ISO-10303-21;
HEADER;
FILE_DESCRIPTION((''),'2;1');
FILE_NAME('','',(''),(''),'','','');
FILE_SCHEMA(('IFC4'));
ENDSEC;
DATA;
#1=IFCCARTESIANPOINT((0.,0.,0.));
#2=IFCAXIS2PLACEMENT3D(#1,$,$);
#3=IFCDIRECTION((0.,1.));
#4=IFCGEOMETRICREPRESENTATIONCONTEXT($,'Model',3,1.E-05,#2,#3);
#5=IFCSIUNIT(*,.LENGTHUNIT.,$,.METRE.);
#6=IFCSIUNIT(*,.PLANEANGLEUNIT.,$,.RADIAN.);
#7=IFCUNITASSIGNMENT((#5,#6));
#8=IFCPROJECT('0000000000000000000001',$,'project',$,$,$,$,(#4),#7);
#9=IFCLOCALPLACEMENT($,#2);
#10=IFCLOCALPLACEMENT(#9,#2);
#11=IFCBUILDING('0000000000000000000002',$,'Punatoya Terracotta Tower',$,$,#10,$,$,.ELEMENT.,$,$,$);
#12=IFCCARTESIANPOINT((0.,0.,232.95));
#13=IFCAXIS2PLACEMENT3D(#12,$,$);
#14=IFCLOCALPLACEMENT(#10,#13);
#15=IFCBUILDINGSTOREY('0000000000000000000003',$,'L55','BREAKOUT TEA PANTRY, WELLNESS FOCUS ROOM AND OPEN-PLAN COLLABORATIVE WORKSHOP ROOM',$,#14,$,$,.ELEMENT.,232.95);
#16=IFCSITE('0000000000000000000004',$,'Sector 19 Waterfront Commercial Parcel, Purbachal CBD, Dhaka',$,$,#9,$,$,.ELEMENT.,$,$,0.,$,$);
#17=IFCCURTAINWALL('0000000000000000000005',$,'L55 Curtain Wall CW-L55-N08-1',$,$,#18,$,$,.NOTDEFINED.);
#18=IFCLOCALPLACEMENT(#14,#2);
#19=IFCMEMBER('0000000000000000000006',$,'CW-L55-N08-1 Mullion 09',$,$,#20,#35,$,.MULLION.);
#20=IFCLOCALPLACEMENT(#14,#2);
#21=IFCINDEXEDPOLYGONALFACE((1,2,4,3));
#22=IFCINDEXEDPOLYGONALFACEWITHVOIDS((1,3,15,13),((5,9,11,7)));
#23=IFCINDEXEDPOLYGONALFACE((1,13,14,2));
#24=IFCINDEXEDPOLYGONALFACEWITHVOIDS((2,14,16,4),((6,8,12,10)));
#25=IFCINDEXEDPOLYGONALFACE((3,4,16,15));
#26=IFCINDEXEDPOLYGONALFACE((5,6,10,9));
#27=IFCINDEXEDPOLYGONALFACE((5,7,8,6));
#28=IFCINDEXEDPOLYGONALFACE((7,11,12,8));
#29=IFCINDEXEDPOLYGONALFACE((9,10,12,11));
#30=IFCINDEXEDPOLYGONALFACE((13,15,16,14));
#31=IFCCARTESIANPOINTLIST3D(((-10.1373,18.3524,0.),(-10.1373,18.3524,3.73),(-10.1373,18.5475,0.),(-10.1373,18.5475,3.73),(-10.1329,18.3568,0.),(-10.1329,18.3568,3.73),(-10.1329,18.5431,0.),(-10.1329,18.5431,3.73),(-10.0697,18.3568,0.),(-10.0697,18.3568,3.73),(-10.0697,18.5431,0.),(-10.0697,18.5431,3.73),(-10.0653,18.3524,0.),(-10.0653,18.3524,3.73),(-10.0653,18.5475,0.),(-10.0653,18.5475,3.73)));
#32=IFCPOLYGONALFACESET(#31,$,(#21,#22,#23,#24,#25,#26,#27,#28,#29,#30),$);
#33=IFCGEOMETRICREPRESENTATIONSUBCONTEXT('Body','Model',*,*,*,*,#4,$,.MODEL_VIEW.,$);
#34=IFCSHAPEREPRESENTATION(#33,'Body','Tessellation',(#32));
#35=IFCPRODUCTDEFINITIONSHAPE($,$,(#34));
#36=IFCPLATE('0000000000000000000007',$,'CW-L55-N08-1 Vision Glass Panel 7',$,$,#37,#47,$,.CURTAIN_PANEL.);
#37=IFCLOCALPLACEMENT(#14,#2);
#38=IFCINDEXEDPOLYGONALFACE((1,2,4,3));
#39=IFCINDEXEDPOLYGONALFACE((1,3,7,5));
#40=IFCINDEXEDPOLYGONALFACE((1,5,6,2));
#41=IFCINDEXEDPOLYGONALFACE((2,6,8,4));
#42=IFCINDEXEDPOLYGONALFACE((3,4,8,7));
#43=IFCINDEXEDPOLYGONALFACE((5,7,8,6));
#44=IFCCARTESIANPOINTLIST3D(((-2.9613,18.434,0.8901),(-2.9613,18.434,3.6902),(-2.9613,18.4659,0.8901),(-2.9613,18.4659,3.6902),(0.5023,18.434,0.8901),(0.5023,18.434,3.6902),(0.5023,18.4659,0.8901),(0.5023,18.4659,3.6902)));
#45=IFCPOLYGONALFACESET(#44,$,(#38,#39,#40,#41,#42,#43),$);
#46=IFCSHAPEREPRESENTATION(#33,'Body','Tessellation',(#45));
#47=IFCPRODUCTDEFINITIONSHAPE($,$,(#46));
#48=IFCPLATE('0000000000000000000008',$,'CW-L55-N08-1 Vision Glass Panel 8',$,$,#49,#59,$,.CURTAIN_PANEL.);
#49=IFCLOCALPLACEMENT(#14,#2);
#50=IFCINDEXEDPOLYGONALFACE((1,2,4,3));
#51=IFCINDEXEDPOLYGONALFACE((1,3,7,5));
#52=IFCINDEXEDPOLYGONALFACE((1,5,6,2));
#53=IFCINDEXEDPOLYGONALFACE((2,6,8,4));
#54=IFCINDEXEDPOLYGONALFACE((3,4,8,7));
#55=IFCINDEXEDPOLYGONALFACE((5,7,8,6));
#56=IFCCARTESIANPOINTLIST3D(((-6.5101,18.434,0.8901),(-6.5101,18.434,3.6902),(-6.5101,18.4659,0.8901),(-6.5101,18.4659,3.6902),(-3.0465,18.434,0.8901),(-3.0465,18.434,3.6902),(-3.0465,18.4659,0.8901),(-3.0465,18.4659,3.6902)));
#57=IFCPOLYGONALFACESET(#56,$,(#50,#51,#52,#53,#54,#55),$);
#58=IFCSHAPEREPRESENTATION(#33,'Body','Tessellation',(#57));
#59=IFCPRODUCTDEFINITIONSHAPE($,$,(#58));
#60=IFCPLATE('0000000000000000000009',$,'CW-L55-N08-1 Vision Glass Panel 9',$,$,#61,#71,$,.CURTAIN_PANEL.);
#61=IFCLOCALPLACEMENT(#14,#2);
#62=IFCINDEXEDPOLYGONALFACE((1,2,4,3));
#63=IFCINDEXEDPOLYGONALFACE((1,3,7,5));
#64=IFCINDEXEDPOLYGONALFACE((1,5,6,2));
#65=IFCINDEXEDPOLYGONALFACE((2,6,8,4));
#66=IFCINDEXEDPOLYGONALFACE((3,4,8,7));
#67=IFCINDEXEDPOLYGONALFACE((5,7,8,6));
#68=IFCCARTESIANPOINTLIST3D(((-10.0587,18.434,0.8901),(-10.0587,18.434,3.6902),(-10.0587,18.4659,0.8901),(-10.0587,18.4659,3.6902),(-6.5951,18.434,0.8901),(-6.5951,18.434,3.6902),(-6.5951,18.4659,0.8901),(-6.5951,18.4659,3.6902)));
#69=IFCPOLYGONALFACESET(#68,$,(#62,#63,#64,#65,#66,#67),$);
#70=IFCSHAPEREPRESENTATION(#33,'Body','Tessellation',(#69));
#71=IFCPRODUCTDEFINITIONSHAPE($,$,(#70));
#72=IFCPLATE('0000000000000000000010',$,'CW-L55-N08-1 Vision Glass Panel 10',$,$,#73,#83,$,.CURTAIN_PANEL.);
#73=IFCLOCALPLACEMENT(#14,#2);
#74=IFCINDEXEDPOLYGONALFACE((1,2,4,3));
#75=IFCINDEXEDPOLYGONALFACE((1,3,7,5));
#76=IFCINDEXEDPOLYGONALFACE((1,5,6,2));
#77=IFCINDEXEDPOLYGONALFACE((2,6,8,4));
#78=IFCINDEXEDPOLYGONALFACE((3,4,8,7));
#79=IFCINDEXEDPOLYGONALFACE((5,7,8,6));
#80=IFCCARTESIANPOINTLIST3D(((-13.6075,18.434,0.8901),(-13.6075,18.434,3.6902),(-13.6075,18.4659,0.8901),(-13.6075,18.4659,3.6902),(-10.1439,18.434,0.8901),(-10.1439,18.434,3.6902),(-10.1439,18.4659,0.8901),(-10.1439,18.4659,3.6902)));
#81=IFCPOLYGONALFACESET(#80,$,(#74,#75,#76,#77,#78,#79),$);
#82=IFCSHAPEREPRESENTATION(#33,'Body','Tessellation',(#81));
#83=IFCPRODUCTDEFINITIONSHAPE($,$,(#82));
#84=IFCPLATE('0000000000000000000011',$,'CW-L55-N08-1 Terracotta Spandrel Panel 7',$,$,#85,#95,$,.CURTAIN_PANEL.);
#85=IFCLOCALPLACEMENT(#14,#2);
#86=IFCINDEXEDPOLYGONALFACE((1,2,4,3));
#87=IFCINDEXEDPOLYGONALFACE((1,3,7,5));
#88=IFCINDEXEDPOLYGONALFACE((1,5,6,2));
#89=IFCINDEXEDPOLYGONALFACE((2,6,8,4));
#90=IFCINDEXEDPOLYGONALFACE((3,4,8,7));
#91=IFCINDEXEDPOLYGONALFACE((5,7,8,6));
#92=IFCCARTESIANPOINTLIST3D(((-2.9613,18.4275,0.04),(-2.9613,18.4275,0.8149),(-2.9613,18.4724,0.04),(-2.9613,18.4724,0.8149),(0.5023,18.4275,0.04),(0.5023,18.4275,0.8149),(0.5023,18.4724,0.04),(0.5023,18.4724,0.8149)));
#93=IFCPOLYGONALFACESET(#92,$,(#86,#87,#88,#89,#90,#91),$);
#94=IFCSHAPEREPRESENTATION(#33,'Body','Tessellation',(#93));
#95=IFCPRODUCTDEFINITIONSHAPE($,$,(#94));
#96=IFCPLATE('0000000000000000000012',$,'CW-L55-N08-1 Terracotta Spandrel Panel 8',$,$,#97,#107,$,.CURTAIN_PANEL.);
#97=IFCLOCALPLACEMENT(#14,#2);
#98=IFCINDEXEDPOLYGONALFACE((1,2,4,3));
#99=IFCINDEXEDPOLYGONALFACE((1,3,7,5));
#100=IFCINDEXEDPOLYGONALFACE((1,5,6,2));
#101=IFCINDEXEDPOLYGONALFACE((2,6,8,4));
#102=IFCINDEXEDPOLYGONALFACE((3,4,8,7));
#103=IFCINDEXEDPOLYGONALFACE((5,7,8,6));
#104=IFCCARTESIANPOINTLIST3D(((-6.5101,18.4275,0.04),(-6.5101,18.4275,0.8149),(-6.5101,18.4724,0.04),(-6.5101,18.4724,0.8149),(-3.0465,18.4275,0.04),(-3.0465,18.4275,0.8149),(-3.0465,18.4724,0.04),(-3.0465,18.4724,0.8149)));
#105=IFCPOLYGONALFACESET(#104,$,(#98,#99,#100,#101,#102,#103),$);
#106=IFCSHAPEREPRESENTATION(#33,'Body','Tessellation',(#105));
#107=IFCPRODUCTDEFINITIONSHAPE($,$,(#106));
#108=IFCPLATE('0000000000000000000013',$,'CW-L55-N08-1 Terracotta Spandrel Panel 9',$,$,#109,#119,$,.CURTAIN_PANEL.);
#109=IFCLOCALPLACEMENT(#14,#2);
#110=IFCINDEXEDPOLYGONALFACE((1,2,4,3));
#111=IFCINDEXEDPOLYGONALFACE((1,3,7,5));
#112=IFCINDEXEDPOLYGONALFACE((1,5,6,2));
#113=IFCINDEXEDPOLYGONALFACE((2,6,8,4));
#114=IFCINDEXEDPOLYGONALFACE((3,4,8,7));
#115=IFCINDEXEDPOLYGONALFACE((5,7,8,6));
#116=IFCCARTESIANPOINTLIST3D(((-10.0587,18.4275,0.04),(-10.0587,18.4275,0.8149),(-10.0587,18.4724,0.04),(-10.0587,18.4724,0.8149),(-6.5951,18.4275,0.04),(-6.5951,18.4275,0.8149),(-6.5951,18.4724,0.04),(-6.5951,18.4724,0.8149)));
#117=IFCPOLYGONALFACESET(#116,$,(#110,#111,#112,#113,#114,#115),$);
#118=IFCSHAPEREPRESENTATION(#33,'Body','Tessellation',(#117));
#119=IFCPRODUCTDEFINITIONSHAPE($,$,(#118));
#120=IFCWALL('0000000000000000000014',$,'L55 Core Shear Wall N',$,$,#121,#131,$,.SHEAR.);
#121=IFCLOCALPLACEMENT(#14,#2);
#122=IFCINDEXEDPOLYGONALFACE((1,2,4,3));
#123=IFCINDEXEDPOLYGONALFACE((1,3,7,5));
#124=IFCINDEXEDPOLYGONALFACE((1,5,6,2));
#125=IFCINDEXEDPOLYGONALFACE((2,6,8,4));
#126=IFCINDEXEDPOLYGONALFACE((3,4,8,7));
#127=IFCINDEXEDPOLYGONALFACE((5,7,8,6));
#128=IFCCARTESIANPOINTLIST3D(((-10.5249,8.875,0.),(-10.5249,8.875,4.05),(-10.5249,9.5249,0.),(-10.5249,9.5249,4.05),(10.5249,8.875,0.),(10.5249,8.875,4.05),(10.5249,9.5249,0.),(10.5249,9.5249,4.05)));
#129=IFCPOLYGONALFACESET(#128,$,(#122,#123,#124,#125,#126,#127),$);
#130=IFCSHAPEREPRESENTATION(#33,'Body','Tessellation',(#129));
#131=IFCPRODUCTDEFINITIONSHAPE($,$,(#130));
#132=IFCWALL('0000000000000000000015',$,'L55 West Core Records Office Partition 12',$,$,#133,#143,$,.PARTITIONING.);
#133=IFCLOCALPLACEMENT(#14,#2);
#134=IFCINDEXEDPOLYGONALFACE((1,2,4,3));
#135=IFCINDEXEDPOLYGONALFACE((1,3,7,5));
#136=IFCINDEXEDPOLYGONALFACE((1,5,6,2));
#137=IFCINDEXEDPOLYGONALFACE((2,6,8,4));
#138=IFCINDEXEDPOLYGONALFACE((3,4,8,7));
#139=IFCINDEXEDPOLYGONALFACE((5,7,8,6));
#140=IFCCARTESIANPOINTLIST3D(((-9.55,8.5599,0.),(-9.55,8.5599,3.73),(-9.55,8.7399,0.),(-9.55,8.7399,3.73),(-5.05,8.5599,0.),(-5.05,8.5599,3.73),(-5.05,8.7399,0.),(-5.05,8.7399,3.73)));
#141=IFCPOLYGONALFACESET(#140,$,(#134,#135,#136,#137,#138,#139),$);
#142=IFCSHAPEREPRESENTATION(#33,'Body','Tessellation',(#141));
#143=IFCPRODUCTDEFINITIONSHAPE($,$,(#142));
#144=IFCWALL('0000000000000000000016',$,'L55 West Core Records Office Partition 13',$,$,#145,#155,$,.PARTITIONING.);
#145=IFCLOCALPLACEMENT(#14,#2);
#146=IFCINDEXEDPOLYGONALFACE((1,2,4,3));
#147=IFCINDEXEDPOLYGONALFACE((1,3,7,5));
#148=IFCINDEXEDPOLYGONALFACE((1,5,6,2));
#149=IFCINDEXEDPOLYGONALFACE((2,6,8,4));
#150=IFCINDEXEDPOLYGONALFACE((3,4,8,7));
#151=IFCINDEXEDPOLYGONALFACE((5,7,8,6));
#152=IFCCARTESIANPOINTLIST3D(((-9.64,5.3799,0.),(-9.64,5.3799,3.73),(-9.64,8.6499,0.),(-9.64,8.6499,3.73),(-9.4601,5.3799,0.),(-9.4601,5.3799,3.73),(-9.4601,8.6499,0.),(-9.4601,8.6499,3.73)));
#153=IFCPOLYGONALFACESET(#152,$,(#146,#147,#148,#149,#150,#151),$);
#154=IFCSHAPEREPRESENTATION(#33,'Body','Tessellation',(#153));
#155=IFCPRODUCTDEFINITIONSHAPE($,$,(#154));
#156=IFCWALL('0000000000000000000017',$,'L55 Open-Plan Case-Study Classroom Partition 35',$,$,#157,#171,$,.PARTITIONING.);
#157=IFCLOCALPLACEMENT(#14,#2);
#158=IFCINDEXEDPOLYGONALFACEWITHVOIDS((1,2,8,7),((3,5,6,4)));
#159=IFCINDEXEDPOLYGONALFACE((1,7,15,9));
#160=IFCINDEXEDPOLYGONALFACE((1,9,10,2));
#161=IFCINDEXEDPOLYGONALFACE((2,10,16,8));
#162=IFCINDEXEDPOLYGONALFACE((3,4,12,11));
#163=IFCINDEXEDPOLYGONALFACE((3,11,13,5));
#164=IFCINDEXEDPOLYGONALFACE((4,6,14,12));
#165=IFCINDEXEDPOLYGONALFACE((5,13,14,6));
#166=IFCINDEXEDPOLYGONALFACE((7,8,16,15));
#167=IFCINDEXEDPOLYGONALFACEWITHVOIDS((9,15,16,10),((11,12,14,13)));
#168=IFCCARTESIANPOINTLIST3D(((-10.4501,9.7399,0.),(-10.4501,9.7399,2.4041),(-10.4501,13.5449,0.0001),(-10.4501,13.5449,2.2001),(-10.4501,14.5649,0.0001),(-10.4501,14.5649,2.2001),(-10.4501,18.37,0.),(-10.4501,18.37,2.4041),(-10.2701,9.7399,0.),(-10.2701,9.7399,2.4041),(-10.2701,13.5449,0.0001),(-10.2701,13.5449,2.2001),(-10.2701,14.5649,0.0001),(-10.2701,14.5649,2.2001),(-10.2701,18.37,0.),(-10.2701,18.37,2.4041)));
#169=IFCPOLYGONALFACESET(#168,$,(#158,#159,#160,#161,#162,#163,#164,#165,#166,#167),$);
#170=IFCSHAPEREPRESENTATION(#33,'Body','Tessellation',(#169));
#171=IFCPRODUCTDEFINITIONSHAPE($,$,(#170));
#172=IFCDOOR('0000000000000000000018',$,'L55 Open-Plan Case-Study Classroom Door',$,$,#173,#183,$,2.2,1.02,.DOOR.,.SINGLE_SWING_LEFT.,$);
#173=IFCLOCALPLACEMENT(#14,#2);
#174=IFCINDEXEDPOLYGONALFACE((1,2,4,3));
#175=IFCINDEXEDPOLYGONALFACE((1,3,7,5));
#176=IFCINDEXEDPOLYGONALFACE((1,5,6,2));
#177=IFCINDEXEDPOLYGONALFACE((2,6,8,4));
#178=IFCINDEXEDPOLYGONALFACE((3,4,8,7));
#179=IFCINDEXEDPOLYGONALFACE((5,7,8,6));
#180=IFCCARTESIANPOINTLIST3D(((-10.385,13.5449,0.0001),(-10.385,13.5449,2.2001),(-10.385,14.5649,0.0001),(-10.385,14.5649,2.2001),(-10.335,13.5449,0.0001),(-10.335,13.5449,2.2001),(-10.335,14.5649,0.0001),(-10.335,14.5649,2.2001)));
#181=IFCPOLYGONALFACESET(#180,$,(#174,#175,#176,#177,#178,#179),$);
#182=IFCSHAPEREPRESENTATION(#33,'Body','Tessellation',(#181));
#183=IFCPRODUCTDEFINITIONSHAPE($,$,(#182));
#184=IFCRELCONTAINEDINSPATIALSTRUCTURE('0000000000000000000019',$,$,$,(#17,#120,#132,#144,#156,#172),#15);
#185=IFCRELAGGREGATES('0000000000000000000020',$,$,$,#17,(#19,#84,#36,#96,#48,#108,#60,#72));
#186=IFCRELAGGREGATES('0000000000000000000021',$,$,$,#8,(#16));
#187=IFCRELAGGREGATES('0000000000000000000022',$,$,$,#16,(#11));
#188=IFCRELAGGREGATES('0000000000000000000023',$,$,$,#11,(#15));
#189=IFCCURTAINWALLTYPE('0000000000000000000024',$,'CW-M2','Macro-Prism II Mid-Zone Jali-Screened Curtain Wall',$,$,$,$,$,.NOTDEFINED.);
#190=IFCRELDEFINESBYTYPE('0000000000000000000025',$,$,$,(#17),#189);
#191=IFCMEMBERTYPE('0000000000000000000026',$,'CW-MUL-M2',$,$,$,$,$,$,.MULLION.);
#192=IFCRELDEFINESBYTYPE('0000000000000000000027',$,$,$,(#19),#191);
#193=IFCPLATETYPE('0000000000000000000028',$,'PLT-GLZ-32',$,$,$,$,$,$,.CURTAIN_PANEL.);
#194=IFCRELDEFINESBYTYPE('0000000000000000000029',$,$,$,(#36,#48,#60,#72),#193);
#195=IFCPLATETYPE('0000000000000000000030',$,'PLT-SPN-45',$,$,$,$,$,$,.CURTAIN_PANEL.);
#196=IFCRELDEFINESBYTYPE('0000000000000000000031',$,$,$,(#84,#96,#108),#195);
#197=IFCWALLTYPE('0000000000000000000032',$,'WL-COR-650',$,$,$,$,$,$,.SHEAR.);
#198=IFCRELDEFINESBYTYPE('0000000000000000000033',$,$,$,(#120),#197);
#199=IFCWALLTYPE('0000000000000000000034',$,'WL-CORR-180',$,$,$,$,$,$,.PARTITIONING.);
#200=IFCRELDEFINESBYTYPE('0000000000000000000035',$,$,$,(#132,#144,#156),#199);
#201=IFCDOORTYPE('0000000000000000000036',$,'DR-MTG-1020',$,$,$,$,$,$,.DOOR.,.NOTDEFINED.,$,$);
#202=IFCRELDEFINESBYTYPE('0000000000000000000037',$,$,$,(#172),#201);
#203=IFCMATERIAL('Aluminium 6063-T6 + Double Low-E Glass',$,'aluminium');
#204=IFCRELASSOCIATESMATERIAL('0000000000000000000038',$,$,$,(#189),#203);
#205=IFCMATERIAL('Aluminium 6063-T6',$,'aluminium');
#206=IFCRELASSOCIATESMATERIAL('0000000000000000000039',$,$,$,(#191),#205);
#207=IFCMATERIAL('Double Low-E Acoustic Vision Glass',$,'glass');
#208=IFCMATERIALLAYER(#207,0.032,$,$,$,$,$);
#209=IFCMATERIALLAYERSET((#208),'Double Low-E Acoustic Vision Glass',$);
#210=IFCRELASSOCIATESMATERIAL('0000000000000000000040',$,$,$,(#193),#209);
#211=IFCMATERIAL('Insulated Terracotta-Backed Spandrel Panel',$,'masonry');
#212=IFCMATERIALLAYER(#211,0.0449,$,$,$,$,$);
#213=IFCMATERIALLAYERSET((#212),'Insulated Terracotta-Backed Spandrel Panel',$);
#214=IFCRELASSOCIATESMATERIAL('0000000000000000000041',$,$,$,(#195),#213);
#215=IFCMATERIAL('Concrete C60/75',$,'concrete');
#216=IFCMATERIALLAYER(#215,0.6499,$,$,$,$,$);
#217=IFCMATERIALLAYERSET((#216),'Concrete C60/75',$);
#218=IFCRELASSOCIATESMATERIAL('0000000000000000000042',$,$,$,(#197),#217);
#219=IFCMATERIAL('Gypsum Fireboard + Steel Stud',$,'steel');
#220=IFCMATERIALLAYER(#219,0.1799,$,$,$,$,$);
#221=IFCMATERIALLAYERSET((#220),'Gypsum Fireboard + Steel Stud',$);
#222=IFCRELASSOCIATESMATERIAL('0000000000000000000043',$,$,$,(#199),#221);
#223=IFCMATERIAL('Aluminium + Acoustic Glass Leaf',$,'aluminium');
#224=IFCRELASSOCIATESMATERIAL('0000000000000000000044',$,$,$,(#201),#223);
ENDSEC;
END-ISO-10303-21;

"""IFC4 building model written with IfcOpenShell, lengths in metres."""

from ifc_helpers import new_model, si_unit, direction, frame, frame_2d, origin, origin_2d, place, context, subcontext, project, spatial, rectangle, hollow_rectangle, extrude, material, layer, layer_set, material_profile, profile_set, type_object, element, fill, aggregate, save


model = new_model("IFC4")

# Units and contexts
model_context = context("Model", 3, precision=1e-05, world=origin(), true_north=direction((0.0, 1.0)))
body_context = subcontext(model_context, "Body", "Model", "MODEL_VIEW")
ifc_project = project(units=[si_unit("LENGTHUNIT", "METRE"), si_unit("PLANEANGLEUNIT", "RADIAN")], contexts=[model_context])

# Site, building, storey
site_placement = place(None, origin())
site = spatial("IfcSite", under=ifc_project, at=site_placement, Name="Sector 19 Waterfront Commercial Parcel, Purbachal CBD, Dhaka", CompositionType="ELEMENT", RefElevation=0.0)
building_placement = place(site_placement, origin())
building = spatial("IfcBuilding", under=site, at=building_placement, Name="Punatoya Terracotta Tower", CompositionType="ELEMENT")
storey_placement = place(building_placement, frame((0.0, 0.0, 232.95)))
storey = spatial("IfcBuildingStorey", under=building, at=storey_placement, Name="L55", Description="BREAKOUT TEA PANTRY, WELLNESS FOCUS ROOM AND OPEN-PLAN COLLABORATIVE WORKSHOP ROOM", CompositionType="ELEMENT", Elevation=232.95)

# Curtain wall, member, plates
ifc_material_1 = material(Name="Aluminium 6063-T6 + Double Low-E Glass", Category="aluminium")
curtain_wall_type = type_object("IfcCurtainWallType", Name="CW-M2", Description="Macro-Prism II Mid-Zone Jali-Screened Curtain Wall", PredefinedType="NOTDEFINED", material=ifc_material_1)
curtain_wall_placement = place(storey_placement, origin())
curtain_wall = element("IfcCurtainWall", 1, at=curtain_wall_placement, inside=storey, type_object=curtain_wall_type, Name="L55 Curtain Wall CW-L55-N08-1", PredefinedType="NOTDEFINED")
ifc_material_2 = material(Name="Aluminium 6063-T6", Category="aluminium")
ifc_material_profile_1 = material_profile(ifc_material_2, hollow_rectangle(XDim=0.072, YDim=0.1951, WallThickness=0.0044, at=origin_2d()))
ifc_profile_set_1 = profile_set([ifc_material_profile_1], Name="Aluminium 6063-T6")
member_type = type_object("IfcMemberType", Name="CW-MUL-M2", PredefinedType="MULLION", material=ifc_profile_set_1)
member_1_placement = place(storey_placement, frame((-10.1013, 18.45, 0.0), z_axis=(0.0, 0.0, 1.0), x_axis=(1.0, 0.0, 0.0)))
member_1 = element("IfcMember", 2, at=member_1_placement, type_object=member_type, Name="CW-L55-N08-1 Mullion 09", PredefinedType="MULLION", context=body_context, shape_type="SweptSolid", body=[
    extrude(hollow_rectangle(XDim=0.072, YDim=0.1951, WallThickness=0.0044, at=origin_2d()), origin(), (0.0, 0.0, 1.0), 3.73),
])
ifc_material_3 = material(Name="Double Low-E Acoustic Vision Glass", Category="glass")
ifc_layer_1 = layer(ifc_material_3, 0.032)
ifc_layer_set_1 = layer_set([ifc_layer_1], Name="Double Low-E Acoustic Vision Glass")
plate_type_1 = type_object("IfcPlateType", Name="PLT-GLZ-32", PredefinedType="CURTAIN_PANEL", material=ifc_layer_set_1)
plate_1_placement = place(storey_placement, frame((-1.2295, 18.45, 0.8901), z_axis=(0.0, 0.0, 1.0), x_axis=(-1.0, 0.0, 0.0)))
plate_1 = element("IfcPlate", 3, at=plate_1_placement, type_object=plate_type_1, Name="CW-L55-N08-1 Vision Glass Panel 7", PredefinedType="CURTAIN_PANEL", context=body_context, shape_type="SweptSolid", body=[
    extrude(rectangle(XDim=3.4636, YDim=0.032, at=origin_2d()), origin(), (0.0, 0.0, 1.0), 2.8),
])
plate_2_placement = place(storey_placement, frame((-4.7783, 18.45, 0.8901), z_axis=(0.0, 0.0, 1.0), x_axis=(-1.0, 0.0, 0.0)))
plate_2 = element("IfcPlate", 4, at=plate_2_placement, type_object=plate_type_1, Name="CW-L55-N08-1 Vision Glass Panel 8", PredefinedType="CURTAIN_PANEL", context=body_context, shape_type="SweptSolid", body=[
    extrude(rectangle(XDim=3.4636, YDim=0.032, at=origin_2d()), origin(), (0.0, 0.0, 1.0), 2.8),
])
plate_3_placement = place(storey_placement, frame((-8.3269, 18.45, 0.8901), z_axis=(0.0, 0.0, 1.0), x_axis=(-1.0, 0.0, 0.0)))
plate_3 = element("IfcPlate", 5, at=plate_3_placement, type_object=plate_type_1, Name="CW-L55-N08-1 Vision Glass Panel 9", PredefinedType="CURTAIN_PANEL", context=body_context, shape_type="SweptSolid", body=[
    extrude(rectangle(XDim=3.4636, YDim=0.032, at=origin_2d()), origin(), (0.0, 0.0, 1.0), 2.8),
])
plate_4_placement = place(storey_placement, frame((-11.8757, 18.45, 0.8901), z_axis=(0.0, 0.0, 1.0), x_axis=(-1.0, 0.0, 0.0)))
plate_4 = element("IfcPlate", 6, at=plate_4_placement, type_object=plate_type_1, Name="CW-L55-N08-1 Vision Glass Panel 10", PredefinedType="CURTAIN_PANEL", context=body_context, shape_type="SweptSolid", body=[
    extrude(rectangle(XDim=3.4636, YDim=0.032, at=origin_2d()), origin(), (0.0, 0.0, 1.0), 2.8),
])
ifc_material_4 = material(Name="Insulated Terracotta-Backed Spandrel Panel", Category="masonry")
ifc_layer_2 = layer(ifc_material_4, 0.0449)
ifc_layer_set_2 = layer_set([ifc_layer_2], Name="Insulated Terracotta-Backed Spandrel Panel")
plate_type_2 = type_object("IfcPlateType", Name="PLT-SPN-45", PredefinedType="CURTAIN_PANEL", material=ifc_layer_set_2)
plate_5_placement = place(storey_placement, frame((-1.2295, 18.45, 0.04), z_axis=(0.0, 0.0, 1.0), x_axis=(-1.0, 0.0, 0.0)))
plate_5 = element("IfcPlate", 7, at=plate_5_placement, type_object=plate_type_2, Name="CW-L55-N08-1 Terracotta Spandrel Panel 7", PredefinedType="CURTAIN_PANEL", context=body_context, shape_type="SweptSolid", body=[
    extrude(rectangle(XDim=3.4636, YDim=0.0449, at=origin_2d()), origin(), (0.0, 0.0, 1.0), 0.7749),
])
plate_6_placement = place(storey_placement, frame((-4.7783, 18.45, 0.04), z_axis=(0.0, 0.0, 1.0), x_axis=(-1.0, 0.0, 0.0)))
plate_6 = element("IfcPlate", 8, at=plate_6_placement, type_object=plate_type_2, Name="CW-L55-N08-1 Terracotta Spandrel Panel 8", PredefinedType="CURTAIN_PANEL", context=body_context, shape_type="SweptSolid", body=[
    extrude(rectangle(XDim=3.4636, YDim=0.0449, at=origin_2d()), origin(), (0.0, 0.0, 1.0), 0.7749),
])
plate_7_placement = place(storey_placement, frame((-8.3269, 18.45, 0.04), z_axis=(0.0, 0.0, 1.0), x_axis=(-1.0, 0.0, 0.0)))
plate_7 = element("IfcPlate", 9, at=plate_7_placement, type_object=plate_type_2, Name="CW-L55-N08-1 Terracotta Spandrel Panel 9", PredefinedType="CURTAIN_PANEL", context=body_context, shape_type="SweptSolid", body=[
    extrude(rectangle(XDim=3.4636, YDim=0.0449, at=origin_2d()), origin(), (0.0, 0.0, 1.0), 0.7749),
])
aggregate(curtain_wall, [member_1, plate_5, plate_1, plate_6, plate_2, plate_7, plate_3, plate_4])

# Walls
ifc_material_5 = material(Name="Concrete C60/75", Category="concrete")
ifc_layer_3 = layer(ifc_material_5, 0.6499)
ifc_layer_set_3 = layer_set([ifc_layer_3], Name="Concrete C60/75")
wall_type_1 = type_object("IfcWallType", Name="WL-COR-650", PredefinedType="SHEAR", material=ifc_layer_set_3)
wall_1_placement = place(storey_placement, frame((-10.5249, 9.2, 0.0), z_axis=(0.0, 0.0, 1.0), x_axis=(1.0, 0.0, 0.0)))
element("IfcWall", 10, at=wall_1_placement, inside=storey, type_object=wall_type_1, Name="L55 Core Shear Wall N", PredefinedType="SHEAR", context=body_context, shape_type="SweptSolid", body=[
    extrude(rectangle(XDim=21.0498, YDim=0.6499, at=frame_2d((10.5249, 0.0))), origin(), (0.0, 0.0, 1.0), 4.05),
])
ifc_material_6 = material(Name="Gypsum Fireboard + Steel Stud", Category="steel")
ifc_layer_4 = layer(ifc_material_6, 0.1799)
ifc_layer_set_4 = layer_set([ifc_layer_4], Name="Gypsum Fireboard + Steel Stud")
wall_type_2 = type_object("IfcWallType", Name="WL-CORR-180", PredefinedType="PARTITIONING", material=ifc_layer_set_4)
wall_2_placement = place(storey_placement, frame((-5.05, 8.6499, 0.0), z_axis=(0.0, 0.0, 1.0), x_axis=(-1.0, 0.0, 0.0)))
element("IfcWall", 11, at=wall_2_placement, inside=storey, type_object=wall_type_2, Name="L55 West Core Records Office Partition 12", PredefinedType="PARTITIONING", context=body_context, shape_type="SweptSolid", body=[
    extrude(rectangle(XDim=4.5, YDim=0.1799, at=frame_2d((2.25, 0.0))), origin(), (0.0, 0.0, 1.0), 3.73),
])
wall_3_placement = place(storey_placement, frame((-9.55, 8.6499, 0.0), z_axis=(0.0, 0.0, 1.0), x_axis=(0.0, -1.0, 0.0)))
element("IfcWall", 12, at=wall_3_placement, inside=storey, type_object=wall_type_2, Name="L55 West Core Records Office Partition 13", PredefinedType="PARTITIONING", context=body_context, shape_type="SweptSolid", body=[
    extrude(rectangle(XDim=3.27, YDim=0.1799, at=frame_2d((1.635, 0.0))), origin(), (0.0, 0.0, 1.0), 3.73),
])

# Wall, opening, door
wall_4_placement = place(storey_placement, frame((-10.3601, 9.74, 0.0), z_axis=(0.0, 0.0, 1.0), x_axis=(0.0, 1.0, 0.0)))
wall_4 = element("IfcWall", 13, at=wall_4_placement, inside=storey, type_object=wall_type_2, Name="L55 Open-Plan Case-Study Classroom Partition 35", PredefinedType="PARTITIONING", context=body_context, shape_type="SweptSolid", body=[
    extrude(rectangle(XDim=8.6301, YDim=0.1799, at=frame_2d((4.3149, 0.0))), origin(), (0.0, 0.0, 1.0), 2.4041),
])
opening_placement = place(wall_4_placement, frame((3.8049, 0.0, 0.0)))
opening = element("IfcOpeningElement", 14, at=opening_placement, cuts=wall_4, PredefinedType="OPENING", context=body_context, shape_type="SweptSolid", body=[
    extrude(rectangle(XDim=1.02, YDim=2.2, at=frame_2d((0.51, 1.1001))), frame((0.0, 0.0999, 0.0), z_axis=(0.0, -1.0, 0.0), x_axis=(1.0, 0.0, 0.0)), (0.0, 0.0, 1.0), 0.2),
])
ifc_material_7 = material(Name="Aluminium + Acoustic Glass Leaf", Category="aluminium")
door_type = type_object("IfcDoorType", Name="DR-MTG-1020", OperationType="NOTDEFINED", PredefinedType="DOOR", material=ifc_material_7)
door_placement = place(opening_placement, origin())
door = element("IfcDoor", 15, at=door_placement, inside=storey, type_object=door_type, Name="L55 Open-Plan Case-Study Classroom Door", OperationType="SINGLE_SWING_LEFT", OverallHeight=2.2, OverallWidth=1.02, PredefinedType="DOOR", context=body_context, shape_type="SweptSolid", body=[
    extrude(rectangle(XDim=1.02, YDim=2.2, at=frame_2d((0.51, 1.1001))), frame((0.0, 0.0249, 0.0), z_axis=(0.0, -1.0, 0.0), x_axis=(1.0, 0.0, 0.0)), (0.0, 0.0, 1.0), 0.05),
])
fill(opening, door)

save(model, "model.ifc")
